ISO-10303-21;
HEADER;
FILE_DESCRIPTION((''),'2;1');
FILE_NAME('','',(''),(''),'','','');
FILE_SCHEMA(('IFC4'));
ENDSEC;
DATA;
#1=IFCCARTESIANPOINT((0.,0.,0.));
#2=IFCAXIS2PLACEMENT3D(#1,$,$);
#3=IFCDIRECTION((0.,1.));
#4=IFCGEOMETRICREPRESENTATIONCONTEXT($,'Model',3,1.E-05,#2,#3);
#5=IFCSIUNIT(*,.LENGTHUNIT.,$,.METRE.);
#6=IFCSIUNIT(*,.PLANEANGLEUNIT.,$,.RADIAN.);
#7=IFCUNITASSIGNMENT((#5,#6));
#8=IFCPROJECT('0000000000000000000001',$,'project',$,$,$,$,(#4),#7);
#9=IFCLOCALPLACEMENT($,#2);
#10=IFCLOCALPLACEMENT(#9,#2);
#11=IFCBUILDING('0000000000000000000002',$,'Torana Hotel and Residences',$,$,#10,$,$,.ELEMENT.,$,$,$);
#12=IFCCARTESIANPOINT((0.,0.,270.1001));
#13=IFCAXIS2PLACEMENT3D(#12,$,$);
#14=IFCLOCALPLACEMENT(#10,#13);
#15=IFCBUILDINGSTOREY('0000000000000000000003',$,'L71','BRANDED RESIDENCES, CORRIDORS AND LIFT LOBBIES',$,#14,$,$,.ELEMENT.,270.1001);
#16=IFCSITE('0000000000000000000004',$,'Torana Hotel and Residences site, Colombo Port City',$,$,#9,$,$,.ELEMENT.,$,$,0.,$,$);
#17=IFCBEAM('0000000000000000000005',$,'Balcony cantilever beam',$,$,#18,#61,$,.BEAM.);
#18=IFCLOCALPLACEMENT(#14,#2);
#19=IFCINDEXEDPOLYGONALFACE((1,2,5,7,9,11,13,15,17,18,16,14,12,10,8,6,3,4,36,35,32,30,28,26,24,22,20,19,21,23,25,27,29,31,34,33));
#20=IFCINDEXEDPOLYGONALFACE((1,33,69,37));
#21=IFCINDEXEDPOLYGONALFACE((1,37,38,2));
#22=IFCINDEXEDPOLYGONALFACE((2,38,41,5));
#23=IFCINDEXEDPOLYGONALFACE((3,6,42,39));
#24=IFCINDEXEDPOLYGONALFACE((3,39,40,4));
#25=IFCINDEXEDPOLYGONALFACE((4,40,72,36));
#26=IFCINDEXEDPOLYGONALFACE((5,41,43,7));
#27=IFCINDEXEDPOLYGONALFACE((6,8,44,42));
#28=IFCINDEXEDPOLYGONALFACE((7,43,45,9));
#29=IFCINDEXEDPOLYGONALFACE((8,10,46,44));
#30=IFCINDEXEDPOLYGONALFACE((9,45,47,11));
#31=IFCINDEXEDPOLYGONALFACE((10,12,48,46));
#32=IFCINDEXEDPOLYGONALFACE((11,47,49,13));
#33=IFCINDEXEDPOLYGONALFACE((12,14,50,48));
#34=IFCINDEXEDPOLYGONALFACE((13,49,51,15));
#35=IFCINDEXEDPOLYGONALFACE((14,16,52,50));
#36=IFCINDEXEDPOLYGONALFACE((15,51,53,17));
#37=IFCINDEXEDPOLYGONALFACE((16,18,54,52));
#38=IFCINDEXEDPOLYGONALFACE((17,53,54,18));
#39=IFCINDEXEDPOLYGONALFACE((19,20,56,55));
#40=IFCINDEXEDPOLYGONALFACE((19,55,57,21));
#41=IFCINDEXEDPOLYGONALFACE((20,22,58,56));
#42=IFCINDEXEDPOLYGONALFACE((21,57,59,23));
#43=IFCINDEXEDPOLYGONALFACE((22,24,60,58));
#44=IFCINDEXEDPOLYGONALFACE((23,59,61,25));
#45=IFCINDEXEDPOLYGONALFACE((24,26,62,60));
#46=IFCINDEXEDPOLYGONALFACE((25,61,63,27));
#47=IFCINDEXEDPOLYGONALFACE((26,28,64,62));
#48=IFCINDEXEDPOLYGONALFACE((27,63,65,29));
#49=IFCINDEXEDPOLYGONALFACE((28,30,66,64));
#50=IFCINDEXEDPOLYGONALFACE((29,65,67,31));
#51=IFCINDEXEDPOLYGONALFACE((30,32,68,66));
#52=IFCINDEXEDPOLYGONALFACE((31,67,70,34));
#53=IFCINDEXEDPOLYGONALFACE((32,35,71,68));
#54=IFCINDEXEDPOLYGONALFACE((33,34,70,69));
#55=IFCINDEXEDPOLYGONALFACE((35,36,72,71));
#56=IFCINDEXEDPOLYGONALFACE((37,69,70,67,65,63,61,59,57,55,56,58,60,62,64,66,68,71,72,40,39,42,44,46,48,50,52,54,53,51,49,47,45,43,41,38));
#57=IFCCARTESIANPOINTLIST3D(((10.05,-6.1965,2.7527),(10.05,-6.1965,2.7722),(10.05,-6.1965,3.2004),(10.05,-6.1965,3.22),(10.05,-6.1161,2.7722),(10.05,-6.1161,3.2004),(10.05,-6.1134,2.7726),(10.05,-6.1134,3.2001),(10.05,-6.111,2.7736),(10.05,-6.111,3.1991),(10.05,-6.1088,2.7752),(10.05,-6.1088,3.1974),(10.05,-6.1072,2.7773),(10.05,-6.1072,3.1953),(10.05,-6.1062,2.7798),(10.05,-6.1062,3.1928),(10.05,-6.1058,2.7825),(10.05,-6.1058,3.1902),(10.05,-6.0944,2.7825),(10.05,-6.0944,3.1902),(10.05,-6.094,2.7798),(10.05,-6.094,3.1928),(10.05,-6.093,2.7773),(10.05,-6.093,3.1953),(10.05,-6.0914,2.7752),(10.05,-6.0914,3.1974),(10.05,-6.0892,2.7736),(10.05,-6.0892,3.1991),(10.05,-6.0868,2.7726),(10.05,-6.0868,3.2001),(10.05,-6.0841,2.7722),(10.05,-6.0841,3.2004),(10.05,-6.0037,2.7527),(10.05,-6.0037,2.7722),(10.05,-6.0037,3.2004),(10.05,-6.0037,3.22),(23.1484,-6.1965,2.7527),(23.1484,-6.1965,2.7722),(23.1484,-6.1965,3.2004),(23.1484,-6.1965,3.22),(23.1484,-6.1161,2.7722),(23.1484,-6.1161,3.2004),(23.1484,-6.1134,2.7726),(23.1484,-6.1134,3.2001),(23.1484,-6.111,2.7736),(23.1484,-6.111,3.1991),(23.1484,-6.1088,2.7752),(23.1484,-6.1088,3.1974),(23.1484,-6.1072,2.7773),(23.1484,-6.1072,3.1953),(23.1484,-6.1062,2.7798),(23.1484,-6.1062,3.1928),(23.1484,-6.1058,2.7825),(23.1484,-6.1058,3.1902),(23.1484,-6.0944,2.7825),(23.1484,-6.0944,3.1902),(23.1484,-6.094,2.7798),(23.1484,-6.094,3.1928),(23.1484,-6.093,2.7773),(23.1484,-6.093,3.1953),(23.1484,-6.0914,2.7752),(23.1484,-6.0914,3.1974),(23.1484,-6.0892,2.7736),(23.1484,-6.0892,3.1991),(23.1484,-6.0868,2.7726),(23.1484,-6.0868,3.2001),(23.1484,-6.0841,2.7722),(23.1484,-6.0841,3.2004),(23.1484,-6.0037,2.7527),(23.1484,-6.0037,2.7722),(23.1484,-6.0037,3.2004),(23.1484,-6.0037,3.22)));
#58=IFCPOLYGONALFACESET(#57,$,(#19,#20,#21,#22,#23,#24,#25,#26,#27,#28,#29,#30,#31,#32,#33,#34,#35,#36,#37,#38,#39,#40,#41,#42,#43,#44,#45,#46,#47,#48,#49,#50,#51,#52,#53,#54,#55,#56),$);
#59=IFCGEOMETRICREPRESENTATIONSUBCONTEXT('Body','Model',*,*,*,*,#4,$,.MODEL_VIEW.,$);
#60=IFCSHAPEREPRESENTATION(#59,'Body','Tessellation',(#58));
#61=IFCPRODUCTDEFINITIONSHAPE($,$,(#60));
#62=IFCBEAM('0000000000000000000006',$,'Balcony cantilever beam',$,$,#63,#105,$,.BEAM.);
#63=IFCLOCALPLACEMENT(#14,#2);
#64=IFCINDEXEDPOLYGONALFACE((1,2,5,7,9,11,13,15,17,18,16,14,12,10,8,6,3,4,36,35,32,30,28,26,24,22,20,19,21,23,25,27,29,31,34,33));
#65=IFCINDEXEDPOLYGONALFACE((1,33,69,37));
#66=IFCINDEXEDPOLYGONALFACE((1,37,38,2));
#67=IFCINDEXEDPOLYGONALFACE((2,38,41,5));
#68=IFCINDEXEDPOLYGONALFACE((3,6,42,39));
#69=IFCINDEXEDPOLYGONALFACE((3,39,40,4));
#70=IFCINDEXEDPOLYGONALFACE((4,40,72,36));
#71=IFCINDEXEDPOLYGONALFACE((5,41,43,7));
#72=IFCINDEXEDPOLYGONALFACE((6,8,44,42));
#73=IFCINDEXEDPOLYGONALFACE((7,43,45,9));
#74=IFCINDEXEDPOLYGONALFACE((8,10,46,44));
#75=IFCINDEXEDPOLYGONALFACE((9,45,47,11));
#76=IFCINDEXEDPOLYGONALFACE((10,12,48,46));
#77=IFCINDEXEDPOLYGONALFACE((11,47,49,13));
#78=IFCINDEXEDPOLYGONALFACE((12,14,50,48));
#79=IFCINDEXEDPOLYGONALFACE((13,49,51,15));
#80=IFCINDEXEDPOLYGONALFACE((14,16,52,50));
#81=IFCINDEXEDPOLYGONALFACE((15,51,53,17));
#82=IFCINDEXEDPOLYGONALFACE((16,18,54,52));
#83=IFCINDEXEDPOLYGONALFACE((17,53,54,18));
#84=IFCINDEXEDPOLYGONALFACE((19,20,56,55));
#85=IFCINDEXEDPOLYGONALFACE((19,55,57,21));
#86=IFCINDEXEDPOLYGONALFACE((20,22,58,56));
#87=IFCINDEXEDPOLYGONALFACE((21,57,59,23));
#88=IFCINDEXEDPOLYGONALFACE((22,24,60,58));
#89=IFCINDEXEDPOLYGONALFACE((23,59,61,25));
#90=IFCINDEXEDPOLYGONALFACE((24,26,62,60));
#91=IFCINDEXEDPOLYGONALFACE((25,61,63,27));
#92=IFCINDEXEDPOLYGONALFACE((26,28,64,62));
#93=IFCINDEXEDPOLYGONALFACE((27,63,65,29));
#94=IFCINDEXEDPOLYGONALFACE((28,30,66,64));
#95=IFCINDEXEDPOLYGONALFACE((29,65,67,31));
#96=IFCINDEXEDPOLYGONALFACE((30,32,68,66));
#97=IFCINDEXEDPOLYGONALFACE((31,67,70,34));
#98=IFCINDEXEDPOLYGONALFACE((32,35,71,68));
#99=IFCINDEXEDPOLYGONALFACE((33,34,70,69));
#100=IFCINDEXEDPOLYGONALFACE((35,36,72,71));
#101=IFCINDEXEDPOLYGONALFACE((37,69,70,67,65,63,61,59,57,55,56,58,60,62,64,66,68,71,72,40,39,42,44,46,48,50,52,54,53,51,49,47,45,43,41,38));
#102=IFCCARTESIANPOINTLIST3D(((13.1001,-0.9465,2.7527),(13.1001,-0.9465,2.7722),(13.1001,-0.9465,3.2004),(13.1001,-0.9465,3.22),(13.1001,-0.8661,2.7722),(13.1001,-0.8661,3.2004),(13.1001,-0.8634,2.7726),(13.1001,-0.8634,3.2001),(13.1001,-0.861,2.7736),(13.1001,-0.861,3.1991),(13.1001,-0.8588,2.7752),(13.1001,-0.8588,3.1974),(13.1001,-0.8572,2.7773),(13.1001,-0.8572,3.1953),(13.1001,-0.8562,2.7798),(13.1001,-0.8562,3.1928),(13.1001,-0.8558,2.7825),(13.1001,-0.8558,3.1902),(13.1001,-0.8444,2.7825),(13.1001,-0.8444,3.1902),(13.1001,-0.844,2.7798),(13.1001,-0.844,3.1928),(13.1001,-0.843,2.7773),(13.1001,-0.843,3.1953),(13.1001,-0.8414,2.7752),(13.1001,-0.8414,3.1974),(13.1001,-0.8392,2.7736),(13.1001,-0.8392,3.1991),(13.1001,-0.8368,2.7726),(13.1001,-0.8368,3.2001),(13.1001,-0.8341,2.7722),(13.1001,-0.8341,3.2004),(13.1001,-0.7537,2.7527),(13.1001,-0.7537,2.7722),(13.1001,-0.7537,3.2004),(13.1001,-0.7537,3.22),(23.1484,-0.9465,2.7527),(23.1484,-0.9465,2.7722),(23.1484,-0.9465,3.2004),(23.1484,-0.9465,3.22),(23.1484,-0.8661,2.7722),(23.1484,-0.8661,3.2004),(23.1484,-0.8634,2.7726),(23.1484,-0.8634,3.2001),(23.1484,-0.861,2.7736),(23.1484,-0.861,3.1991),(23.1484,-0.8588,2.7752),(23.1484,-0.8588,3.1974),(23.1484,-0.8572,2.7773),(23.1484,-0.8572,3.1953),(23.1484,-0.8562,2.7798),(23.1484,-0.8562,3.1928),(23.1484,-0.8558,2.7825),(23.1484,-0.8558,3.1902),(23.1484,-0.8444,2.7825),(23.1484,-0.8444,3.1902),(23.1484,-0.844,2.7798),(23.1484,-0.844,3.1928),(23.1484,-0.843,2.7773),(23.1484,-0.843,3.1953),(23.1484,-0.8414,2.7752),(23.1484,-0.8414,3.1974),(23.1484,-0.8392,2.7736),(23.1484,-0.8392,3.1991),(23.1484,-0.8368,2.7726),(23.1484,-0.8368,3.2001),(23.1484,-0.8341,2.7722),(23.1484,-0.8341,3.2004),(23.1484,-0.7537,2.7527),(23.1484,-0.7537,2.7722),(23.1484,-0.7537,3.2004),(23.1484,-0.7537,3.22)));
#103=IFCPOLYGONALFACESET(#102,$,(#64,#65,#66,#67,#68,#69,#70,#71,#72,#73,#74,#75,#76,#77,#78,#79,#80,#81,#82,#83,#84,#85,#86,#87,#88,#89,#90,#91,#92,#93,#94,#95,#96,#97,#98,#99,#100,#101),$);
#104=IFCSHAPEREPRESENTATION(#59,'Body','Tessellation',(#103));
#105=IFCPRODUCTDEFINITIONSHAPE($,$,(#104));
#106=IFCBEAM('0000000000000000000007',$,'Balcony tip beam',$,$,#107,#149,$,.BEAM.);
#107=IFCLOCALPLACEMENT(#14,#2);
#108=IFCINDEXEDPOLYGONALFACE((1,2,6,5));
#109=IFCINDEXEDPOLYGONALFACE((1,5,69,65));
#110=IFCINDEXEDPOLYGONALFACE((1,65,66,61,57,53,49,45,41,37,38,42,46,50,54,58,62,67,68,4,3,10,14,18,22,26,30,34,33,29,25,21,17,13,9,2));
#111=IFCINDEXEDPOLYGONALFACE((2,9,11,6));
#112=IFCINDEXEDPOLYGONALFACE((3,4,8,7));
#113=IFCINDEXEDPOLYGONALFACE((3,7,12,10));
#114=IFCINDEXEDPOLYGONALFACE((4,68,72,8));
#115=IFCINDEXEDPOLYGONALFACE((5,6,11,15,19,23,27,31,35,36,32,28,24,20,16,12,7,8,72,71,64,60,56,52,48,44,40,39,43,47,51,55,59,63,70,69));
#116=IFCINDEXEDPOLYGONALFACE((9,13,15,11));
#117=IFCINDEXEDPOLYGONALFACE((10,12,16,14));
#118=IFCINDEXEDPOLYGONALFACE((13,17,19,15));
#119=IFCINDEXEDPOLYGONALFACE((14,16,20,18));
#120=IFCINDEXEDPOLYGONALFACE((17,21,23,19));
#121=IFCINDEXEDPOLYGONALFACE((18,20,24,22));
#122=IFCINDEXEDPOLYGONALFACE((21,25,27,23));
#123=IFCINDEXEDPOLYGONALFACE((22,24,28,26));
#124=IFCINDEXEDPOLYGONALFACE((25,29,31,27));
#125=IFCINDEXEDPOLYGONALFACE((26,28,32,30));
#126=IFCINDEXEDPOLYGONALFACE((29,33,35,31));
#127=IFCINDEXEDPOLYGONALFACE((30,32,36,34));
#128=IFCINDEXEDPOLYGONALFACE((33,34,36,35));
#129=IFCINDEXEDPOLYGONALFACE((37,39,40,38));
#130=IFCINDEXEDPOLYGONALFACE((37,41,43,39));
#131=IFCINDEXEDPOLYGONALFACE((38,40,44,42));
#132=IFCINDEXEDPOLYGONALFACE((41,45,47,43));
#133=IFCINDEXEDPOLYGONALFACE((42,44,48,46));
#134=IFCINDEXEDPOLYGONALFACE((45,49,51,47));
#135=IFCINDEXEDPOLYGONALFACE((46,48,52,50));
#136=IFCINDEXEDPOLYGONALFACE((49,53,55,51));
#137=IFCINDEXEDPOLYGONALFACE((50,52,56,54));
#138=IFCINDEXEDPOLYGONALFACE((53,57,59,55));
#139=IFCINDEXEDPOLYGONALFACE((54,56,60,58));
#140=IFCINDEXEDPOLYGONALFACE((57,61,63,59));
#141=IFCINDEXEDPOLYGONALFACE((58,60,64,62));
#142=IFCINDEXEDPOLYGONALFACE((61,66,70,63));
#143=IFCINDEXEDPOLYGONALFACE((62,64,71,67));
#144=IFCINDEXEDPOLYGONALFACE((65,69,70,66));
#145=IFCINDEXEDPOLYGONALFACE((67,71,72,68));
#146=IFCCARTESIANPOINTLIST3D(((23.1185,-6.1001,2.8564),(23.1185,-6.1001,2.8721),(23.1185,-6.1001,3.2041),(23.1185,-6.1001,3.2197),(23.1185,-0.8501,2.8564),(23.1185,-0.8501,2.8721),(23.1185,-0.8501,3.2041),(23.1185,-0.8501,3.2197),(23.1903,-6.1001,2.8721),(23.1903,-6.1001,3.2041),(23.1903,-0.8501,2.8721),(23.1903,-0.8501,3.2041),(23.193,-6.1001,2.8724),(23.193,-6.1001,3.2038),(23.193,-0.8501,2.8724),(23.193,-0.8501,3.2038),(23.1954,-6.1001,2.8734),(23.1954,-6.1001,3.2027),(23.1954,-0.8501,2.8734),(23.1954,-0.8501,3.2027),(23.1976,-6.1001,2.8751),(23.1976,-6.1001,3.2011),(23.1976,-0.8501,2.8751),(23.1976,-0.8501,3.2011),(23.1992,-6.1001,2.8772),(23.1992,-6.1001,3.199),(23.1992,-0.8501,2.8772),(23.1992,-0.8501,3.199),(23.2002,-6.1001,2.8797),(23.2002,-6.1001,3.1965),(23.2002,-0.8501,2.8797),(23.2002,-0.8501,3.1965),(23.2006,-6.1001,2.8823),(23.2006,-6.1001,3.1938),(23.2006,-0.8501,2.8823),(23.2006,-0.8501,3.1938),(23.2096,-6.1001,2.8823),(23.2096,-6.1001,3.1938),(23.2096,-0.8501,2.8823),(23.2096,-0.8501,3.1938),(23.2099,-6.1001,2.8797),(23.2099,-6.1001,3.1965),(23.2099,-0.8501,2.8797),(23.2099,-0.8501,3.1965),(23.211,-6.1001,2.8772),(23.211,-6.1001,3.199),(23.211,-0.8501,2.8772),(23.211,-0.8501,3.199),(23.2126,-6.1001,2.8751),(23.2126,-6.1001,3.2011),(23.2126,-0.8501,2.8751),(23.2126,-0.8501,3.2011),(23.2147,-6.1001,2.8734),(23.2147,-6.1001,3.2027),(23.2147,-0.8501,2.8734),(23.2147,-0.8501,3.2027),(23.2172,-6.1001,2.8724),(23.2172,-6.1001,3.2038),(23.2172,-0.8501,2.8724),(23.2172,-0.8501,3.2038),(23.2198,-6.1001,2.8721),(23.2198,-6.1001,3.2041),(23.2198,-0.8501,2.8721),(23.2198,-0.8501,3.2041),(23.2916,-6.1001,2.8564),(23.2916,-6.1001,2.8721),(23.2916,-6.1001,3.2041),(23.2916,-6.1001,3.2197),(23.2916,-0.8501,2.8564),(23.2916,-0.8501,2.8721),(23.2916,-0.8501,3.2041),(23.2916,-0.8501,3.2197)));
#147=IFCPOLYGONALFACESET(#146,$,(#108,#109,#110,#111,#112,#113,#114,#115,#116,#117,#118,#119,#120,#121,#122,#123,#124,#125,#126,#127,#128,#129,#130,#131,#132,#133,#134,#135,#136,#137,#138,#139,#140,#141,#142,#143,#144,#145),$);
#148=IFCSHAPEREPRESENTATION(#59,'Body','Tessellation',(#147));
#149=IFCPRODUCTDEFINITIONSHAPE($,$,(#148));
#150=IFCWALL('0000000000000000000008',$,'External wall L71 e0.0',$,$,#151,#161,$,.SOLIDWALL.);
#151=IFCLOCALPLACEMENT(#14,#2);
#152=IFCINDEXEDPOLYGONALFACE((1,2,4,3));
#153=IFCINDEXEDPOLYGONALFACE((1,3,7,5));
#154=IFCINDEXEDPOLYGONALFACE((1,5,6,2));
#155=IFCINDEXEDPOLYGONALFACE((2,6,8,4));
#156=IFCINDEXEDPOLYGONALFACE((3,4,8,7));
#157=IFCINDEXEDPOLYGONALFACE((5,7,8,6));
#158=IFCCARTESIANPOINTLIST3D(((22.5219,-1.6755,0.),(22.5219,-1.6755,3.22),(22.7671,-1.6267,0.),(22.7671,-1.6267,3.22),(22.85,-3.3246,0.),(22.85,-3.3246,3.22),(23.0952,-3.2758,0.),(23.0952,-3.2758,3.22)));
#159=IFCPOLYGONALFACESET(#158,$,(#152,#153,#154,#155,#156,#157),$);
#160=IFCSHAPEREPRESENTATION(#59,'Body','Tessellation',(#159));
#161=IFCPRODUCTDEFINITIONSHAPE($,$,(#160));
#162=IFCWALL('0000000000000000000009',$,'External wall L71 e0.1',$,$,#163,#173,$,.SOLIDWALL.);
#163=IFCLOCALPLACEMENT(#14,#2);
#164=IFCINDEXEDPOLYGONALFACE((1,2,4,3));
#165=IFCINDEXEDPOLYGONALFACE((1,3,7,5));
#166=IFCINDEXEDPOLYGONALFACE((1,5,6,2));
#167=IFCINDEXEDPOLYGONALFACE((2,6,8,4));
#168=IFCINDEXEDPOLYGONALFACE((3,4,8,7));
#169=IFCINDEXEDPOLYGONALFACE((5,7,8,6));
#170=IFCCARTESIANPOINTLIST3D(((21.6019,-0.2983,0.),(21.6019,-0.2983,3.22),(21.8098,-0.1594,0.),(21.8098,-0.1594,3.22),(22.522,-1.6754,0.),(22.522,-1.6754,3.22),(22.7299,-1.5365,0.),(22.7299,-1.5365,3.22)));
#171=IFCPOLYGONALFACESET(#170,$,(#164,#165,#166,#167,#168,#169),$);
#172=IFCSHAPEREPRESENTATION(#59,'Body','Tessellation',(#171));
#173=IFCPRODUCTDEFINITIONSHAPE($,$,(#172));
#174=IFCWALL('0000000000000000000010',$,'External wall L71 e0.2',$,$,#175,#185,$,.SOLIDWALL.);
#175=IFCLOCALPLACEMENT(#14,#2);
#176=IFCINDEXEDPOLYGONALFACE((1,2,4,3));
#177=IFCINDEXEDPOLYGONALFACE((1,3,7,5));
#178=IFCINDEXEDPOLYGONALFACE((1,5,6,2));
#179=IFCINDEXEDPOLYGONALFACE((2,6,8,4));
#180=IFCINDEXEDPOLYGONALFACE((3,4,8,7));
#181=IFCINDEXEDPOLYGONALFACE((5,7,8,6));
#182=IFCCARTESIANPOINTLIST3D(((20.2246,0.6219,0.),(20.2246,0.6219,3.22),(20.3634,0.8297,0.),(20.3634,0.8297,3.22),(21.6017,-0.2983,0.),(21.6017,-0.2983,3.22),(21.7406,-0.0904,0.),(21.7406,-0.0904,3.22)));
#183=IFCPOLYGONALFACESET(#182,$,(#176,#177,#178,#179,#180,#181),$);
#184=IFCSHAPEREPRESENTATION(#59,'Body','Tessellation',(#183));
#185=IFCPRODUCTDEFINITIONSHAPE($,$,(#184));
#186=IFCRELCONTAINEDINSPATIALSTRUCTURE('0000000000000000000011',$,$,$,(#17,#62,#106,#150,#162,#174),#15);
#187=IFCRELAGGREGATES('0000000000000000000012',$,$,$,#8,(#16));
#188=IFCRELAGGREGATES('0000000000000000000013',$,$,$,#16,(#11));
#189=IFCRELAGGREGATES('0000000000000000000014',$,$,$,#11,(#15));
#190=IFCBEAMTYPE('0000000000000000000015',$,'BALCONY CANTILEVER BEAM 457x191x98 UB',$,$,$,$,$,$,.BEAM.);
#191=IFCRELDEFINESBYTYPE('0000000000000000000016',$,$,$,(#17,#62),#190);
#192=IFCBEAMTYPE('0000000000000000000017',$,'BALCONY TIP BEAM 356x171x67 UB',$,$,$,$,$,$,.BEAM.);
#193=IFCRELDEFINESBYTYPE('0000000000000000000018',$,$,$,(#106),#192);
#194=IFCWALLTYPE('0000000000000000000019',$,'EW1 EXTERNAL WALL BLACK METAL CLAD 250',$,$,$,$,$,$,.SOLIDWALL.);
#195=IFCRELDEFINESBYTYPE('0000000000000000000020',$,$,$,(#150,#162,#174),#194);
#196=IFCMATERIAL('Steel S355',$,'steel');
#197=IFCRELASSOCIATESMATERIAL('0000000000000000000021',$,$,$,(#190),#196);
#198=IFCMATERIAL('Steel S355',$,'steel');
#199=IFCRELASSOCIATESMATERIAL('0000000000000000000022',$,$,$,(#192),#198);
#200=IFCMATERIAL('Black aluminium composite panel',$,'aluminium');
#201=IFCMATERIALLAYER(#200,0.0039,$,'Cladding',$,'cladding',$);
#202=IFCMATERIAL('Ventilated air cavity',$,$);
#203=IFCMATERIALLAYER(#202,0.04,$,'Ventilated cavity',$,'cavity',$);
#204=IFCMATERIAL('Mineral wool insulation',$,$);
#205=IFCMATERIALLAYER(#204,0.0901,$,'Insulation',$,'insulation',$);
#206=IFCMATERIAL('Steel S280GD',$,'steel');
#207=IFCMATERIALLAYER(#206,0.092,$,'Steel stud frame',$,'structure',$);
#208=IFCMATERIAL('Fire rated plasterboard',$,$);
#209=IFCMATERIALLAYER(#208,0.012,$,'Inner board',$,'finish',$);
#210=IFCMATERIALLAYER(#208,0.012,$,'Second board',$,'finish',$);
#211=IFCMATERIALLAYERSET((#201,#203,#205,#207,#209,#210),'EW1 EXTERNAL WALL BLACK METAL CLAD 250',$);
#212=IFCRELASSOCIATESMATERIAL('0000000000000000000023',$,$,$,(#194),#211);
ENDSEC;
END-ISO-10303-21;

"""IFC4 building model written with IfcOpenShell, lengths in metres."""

from ifc_helpers import new_model, si_unit, direction, frame, frame_2d, origin, origin_2d, place, context, subcontext, project, spatial, rectangle, i_section, extrude, material, layer, layer_set, material_profile, profile_set, type_object, element, save


model = new_model("IFC4")

# Units and contexts
model_context = context("Model", 3, precision=1e-05, world=origin(), true_north=direction((0.0, 1.0)))
body_context = subcontext(model_context, "Body", "Model", "MODEL_VIEW")
ifc_project = project(units=[si_unit("LENGTHUNIT", "METRE"), si_unit("PLANEANGLEUNIT", "RADIAN")], contexts=[model_context])

# Site, building, storey
site_placement = place(None, origin())
site = spatial("IfcSite", under=ifc_project, at=site_placement, Name="Torana Hotel and Residences site, Colombo Port City", CompositionType="ELEMENT", RefElevation=0.0)
building_placement = place(site_placement, origin())
building = spatial("IfcBuilding", under=site, at=building_placement, Name="Torana Hotel and Residences", CompositionType="ELEMENT")
storey_placement = place(building_placement, frame((0.0, 0.0, 270.1001)))
storey = spatial("IfcBuildingStorey", under=building, at=storey_placement, Name="L71", Description="BRANDED RESIDENCES, CORRIDORS AND LIFT LOBBIES", CompositionType="ELEMENT", Elevation=270.1001)

# Beams
ifc_material_1 = material(Name="Steel S355", Category="steel")
ifc_material_profile_1 = material_profile(ifc_material_1, i_section(OverallWidth=0.1929, OverallDepth=0.4673, WebThickness=0.0115, FlangeThickness=0.0195, FilletRadius=0.0103, at=origin_2d()), Name="457x191x98 UB")
ifc_profile_set_1 = profile_set([ifc_material_profile_1], Name="Steel S355")
beam_type_1 = type_object("IfcBeamType", Name="BALCONY CANTILEVER BEAM 457x191x98 UB", PredefinedType="BEAM", material=ifc_profile_set_1)
beam_1_placement = place(storey_placement, frame((23.1484, -6.1001, 2.9863), z_axis=(-1.0, 0.0, 0.0), x_axis=(0.0, -1.0, 0.0)))
element("IfcBeam", 1, at=beam_1_placement, inside=storey, type_object=beam_type_1, Name="Balcony cantilever beam", PredefinedType="BEAM", context=body_context, shape_type="SweptSolid", body=[
    extrude(i_section(OverallWidth=0.1929, OverallDepth=0.4673, WebThickness=0.0115, FlangeThickness=0.0195, FilletRadius=0.0103, at=origin_2d()), origin(), (0.0, 0.0, 1.0), 13.0984),
])
beam_2_placement = place(storey_placement, frame((23.1484, -0.8501, 2.9863), z_axis=(-1.0, 0.0, 0.0), x_axis=(0.0, -1.0, 0.0)))
element("IfcBeam", 2, at=beam_2_placement, inside=storey, type_object=beam_type_1, Name="Balcony cantilever beam", PredefinedType="BEAM", context=body_context, shape_type="SweptSolid", body=[
    extrude(i_section(OverallWidth=0.1929, OverallDepth=0.4673, WebThickness=0.0115, FlangeThickness=0.0195, FilletRadius=0.0103, at=origin_2d()), origin(), (0.0, 0.0, 1.0), 10.0483),
])
ifc_material_2 = material(Name="Steel S355", Category="steel")
ifc_material_profile_2 = material_profile(ifc_material_2, i_section(OverallWidth=0.1731, OverallDepth=0.3633, WebThickness=0.009, FlangeThickness=0.0156, FilletRadius=0.0103, at=origin_2d()), Name="356x171x67 UB")
ifc_profile_set_2 = profile_set([ifc_material_profile_2], Name="Steel S355")
beam_type_2 = type_object("IfcBeamType", Name="BALCONY TIP BEAM 356x171x67 UB", PredefinedType="BEAM", material=ifc_profile_set_2)
beam_3_placement = place(storey_placement, frame((23.2051, -6.1001, 3.0381), z_axis=(0.0, 1.0, 0.0), x_axis=(-1.0, 0.0, 0.0)))
element("IfcBeam", 3, at=beam_3_placement, inside=storey, type_object=beam_type_2, Name="Balcony tip beam", PredefinedType="BEAM", context=body_context, shape_type="SweptSolid", body=[
    extrude(i_section(OverallWidth=0.1731, OverallDepth=0.3633, WebThickness=0.009, FlangeThickness=0.0156, FilletRadius=0.0103, at=origin_2d()), origin(), (0.0, 0.0, 1.0), 5.25),
])

# Walls
ifc_material_3 = material(Name="Black aluminium composite panel", Category="aluminium")
ifc_layer_1 = layer(ifc_material_3, 0.0039, Name="Cladding", Category="cladding")
ifc_material_4 = material(Name="Ventilated air cavity")
ifc_layer_2 = layer(ifc_material_4, 0.04, Name="Ventilated cavity", Category="cavity")
ifc_material_5 = material(Name="Mineral wool insulation")
ifc_layer_3 = layer(ifc_material_5, 0.0901, Name="Insulation", Category="insulation")
ifc_material_6 = material(Name="Steel S280GD", Category="steel")
ifc_layer_4 = layer(ifc_material_6, 0.092, Name="Steel stud frame", Category="structure")
ifc_material_7 = material(Name="Fire rated plasterboard")
ifc_layer_5 = layer(ifc_material_7, 0.012, Name="Inner board", Category="finish")
ifc_layer_6 = layer(ifc_material_7, 0.012, Name="Second board", Category="finish")
ifc_layer_set_1 = layer_set([ifc_layer_1, ifc_layer_2, ifc_layer_3, ifc_layer_4, ifc_layer_5, ifc_layer_6], Name="EW1 EXTERNAL WALL BLACK METAL CLAD 250")
wall_type_1 = type_object("IfcWallType", Name="EW1 EXTERNAL WALL BLACK METAL CLAD 250", PredefinedType="SOLIDWALL", material=ifc_layer_set_1)
wall_1_placement = place(storey_placement, frame((22.9727, -3.3003, 0.0), z_axis=(0.0, 0.0, 1.0), x_axis=(-0.195139, 0.980776, 0.0)))
element("IfcWall", 4, at=wall_1_placement, inside=storey, type_object=wall_type_1, Name="External wall L71 e0.0", PredefinedType="SOLIDWALL", context=body_context, shape_type="SweptSolid", body=[
    extrude(rectangle(XDim=1.6814, YDim=0.25, at=frame_2d((0.8408, 0.0))), origin(), (0.0, 0.0, 1.0), 3.22),
])
for number, where, z_axis, x_axis, name in (
    (5, (22.626, -1.606, 0.0), (0.0, 0.0, 1.0), (-0.55555, 0.831483, 0.0), "External wall L71 e0.1"),
    (6, (21.6711, -0.1943, 0.0), (0.0, 0.0, 1.0), (-0.831483, 0.55555, 0.0), "External wall L71 e0.2"),
):
    element("IfcWall", number, at=place(storey_placement, frame(where, z_axis=z_axis, x_axis=x_axis)), inside=storey, type_object=wall_type_1, Name=name, PredefinedType="SOLIDWALL", context=body_context, shape_type="SweptSolid", body=[
        extrude(rectangle(XDim=1.6562, YDim=0.25, at=frame_2d((0.8281, 0.0))), origin(), (0.0, 0.0, 1.0), 3.22),
    ])

save(model, "model.ifc")
